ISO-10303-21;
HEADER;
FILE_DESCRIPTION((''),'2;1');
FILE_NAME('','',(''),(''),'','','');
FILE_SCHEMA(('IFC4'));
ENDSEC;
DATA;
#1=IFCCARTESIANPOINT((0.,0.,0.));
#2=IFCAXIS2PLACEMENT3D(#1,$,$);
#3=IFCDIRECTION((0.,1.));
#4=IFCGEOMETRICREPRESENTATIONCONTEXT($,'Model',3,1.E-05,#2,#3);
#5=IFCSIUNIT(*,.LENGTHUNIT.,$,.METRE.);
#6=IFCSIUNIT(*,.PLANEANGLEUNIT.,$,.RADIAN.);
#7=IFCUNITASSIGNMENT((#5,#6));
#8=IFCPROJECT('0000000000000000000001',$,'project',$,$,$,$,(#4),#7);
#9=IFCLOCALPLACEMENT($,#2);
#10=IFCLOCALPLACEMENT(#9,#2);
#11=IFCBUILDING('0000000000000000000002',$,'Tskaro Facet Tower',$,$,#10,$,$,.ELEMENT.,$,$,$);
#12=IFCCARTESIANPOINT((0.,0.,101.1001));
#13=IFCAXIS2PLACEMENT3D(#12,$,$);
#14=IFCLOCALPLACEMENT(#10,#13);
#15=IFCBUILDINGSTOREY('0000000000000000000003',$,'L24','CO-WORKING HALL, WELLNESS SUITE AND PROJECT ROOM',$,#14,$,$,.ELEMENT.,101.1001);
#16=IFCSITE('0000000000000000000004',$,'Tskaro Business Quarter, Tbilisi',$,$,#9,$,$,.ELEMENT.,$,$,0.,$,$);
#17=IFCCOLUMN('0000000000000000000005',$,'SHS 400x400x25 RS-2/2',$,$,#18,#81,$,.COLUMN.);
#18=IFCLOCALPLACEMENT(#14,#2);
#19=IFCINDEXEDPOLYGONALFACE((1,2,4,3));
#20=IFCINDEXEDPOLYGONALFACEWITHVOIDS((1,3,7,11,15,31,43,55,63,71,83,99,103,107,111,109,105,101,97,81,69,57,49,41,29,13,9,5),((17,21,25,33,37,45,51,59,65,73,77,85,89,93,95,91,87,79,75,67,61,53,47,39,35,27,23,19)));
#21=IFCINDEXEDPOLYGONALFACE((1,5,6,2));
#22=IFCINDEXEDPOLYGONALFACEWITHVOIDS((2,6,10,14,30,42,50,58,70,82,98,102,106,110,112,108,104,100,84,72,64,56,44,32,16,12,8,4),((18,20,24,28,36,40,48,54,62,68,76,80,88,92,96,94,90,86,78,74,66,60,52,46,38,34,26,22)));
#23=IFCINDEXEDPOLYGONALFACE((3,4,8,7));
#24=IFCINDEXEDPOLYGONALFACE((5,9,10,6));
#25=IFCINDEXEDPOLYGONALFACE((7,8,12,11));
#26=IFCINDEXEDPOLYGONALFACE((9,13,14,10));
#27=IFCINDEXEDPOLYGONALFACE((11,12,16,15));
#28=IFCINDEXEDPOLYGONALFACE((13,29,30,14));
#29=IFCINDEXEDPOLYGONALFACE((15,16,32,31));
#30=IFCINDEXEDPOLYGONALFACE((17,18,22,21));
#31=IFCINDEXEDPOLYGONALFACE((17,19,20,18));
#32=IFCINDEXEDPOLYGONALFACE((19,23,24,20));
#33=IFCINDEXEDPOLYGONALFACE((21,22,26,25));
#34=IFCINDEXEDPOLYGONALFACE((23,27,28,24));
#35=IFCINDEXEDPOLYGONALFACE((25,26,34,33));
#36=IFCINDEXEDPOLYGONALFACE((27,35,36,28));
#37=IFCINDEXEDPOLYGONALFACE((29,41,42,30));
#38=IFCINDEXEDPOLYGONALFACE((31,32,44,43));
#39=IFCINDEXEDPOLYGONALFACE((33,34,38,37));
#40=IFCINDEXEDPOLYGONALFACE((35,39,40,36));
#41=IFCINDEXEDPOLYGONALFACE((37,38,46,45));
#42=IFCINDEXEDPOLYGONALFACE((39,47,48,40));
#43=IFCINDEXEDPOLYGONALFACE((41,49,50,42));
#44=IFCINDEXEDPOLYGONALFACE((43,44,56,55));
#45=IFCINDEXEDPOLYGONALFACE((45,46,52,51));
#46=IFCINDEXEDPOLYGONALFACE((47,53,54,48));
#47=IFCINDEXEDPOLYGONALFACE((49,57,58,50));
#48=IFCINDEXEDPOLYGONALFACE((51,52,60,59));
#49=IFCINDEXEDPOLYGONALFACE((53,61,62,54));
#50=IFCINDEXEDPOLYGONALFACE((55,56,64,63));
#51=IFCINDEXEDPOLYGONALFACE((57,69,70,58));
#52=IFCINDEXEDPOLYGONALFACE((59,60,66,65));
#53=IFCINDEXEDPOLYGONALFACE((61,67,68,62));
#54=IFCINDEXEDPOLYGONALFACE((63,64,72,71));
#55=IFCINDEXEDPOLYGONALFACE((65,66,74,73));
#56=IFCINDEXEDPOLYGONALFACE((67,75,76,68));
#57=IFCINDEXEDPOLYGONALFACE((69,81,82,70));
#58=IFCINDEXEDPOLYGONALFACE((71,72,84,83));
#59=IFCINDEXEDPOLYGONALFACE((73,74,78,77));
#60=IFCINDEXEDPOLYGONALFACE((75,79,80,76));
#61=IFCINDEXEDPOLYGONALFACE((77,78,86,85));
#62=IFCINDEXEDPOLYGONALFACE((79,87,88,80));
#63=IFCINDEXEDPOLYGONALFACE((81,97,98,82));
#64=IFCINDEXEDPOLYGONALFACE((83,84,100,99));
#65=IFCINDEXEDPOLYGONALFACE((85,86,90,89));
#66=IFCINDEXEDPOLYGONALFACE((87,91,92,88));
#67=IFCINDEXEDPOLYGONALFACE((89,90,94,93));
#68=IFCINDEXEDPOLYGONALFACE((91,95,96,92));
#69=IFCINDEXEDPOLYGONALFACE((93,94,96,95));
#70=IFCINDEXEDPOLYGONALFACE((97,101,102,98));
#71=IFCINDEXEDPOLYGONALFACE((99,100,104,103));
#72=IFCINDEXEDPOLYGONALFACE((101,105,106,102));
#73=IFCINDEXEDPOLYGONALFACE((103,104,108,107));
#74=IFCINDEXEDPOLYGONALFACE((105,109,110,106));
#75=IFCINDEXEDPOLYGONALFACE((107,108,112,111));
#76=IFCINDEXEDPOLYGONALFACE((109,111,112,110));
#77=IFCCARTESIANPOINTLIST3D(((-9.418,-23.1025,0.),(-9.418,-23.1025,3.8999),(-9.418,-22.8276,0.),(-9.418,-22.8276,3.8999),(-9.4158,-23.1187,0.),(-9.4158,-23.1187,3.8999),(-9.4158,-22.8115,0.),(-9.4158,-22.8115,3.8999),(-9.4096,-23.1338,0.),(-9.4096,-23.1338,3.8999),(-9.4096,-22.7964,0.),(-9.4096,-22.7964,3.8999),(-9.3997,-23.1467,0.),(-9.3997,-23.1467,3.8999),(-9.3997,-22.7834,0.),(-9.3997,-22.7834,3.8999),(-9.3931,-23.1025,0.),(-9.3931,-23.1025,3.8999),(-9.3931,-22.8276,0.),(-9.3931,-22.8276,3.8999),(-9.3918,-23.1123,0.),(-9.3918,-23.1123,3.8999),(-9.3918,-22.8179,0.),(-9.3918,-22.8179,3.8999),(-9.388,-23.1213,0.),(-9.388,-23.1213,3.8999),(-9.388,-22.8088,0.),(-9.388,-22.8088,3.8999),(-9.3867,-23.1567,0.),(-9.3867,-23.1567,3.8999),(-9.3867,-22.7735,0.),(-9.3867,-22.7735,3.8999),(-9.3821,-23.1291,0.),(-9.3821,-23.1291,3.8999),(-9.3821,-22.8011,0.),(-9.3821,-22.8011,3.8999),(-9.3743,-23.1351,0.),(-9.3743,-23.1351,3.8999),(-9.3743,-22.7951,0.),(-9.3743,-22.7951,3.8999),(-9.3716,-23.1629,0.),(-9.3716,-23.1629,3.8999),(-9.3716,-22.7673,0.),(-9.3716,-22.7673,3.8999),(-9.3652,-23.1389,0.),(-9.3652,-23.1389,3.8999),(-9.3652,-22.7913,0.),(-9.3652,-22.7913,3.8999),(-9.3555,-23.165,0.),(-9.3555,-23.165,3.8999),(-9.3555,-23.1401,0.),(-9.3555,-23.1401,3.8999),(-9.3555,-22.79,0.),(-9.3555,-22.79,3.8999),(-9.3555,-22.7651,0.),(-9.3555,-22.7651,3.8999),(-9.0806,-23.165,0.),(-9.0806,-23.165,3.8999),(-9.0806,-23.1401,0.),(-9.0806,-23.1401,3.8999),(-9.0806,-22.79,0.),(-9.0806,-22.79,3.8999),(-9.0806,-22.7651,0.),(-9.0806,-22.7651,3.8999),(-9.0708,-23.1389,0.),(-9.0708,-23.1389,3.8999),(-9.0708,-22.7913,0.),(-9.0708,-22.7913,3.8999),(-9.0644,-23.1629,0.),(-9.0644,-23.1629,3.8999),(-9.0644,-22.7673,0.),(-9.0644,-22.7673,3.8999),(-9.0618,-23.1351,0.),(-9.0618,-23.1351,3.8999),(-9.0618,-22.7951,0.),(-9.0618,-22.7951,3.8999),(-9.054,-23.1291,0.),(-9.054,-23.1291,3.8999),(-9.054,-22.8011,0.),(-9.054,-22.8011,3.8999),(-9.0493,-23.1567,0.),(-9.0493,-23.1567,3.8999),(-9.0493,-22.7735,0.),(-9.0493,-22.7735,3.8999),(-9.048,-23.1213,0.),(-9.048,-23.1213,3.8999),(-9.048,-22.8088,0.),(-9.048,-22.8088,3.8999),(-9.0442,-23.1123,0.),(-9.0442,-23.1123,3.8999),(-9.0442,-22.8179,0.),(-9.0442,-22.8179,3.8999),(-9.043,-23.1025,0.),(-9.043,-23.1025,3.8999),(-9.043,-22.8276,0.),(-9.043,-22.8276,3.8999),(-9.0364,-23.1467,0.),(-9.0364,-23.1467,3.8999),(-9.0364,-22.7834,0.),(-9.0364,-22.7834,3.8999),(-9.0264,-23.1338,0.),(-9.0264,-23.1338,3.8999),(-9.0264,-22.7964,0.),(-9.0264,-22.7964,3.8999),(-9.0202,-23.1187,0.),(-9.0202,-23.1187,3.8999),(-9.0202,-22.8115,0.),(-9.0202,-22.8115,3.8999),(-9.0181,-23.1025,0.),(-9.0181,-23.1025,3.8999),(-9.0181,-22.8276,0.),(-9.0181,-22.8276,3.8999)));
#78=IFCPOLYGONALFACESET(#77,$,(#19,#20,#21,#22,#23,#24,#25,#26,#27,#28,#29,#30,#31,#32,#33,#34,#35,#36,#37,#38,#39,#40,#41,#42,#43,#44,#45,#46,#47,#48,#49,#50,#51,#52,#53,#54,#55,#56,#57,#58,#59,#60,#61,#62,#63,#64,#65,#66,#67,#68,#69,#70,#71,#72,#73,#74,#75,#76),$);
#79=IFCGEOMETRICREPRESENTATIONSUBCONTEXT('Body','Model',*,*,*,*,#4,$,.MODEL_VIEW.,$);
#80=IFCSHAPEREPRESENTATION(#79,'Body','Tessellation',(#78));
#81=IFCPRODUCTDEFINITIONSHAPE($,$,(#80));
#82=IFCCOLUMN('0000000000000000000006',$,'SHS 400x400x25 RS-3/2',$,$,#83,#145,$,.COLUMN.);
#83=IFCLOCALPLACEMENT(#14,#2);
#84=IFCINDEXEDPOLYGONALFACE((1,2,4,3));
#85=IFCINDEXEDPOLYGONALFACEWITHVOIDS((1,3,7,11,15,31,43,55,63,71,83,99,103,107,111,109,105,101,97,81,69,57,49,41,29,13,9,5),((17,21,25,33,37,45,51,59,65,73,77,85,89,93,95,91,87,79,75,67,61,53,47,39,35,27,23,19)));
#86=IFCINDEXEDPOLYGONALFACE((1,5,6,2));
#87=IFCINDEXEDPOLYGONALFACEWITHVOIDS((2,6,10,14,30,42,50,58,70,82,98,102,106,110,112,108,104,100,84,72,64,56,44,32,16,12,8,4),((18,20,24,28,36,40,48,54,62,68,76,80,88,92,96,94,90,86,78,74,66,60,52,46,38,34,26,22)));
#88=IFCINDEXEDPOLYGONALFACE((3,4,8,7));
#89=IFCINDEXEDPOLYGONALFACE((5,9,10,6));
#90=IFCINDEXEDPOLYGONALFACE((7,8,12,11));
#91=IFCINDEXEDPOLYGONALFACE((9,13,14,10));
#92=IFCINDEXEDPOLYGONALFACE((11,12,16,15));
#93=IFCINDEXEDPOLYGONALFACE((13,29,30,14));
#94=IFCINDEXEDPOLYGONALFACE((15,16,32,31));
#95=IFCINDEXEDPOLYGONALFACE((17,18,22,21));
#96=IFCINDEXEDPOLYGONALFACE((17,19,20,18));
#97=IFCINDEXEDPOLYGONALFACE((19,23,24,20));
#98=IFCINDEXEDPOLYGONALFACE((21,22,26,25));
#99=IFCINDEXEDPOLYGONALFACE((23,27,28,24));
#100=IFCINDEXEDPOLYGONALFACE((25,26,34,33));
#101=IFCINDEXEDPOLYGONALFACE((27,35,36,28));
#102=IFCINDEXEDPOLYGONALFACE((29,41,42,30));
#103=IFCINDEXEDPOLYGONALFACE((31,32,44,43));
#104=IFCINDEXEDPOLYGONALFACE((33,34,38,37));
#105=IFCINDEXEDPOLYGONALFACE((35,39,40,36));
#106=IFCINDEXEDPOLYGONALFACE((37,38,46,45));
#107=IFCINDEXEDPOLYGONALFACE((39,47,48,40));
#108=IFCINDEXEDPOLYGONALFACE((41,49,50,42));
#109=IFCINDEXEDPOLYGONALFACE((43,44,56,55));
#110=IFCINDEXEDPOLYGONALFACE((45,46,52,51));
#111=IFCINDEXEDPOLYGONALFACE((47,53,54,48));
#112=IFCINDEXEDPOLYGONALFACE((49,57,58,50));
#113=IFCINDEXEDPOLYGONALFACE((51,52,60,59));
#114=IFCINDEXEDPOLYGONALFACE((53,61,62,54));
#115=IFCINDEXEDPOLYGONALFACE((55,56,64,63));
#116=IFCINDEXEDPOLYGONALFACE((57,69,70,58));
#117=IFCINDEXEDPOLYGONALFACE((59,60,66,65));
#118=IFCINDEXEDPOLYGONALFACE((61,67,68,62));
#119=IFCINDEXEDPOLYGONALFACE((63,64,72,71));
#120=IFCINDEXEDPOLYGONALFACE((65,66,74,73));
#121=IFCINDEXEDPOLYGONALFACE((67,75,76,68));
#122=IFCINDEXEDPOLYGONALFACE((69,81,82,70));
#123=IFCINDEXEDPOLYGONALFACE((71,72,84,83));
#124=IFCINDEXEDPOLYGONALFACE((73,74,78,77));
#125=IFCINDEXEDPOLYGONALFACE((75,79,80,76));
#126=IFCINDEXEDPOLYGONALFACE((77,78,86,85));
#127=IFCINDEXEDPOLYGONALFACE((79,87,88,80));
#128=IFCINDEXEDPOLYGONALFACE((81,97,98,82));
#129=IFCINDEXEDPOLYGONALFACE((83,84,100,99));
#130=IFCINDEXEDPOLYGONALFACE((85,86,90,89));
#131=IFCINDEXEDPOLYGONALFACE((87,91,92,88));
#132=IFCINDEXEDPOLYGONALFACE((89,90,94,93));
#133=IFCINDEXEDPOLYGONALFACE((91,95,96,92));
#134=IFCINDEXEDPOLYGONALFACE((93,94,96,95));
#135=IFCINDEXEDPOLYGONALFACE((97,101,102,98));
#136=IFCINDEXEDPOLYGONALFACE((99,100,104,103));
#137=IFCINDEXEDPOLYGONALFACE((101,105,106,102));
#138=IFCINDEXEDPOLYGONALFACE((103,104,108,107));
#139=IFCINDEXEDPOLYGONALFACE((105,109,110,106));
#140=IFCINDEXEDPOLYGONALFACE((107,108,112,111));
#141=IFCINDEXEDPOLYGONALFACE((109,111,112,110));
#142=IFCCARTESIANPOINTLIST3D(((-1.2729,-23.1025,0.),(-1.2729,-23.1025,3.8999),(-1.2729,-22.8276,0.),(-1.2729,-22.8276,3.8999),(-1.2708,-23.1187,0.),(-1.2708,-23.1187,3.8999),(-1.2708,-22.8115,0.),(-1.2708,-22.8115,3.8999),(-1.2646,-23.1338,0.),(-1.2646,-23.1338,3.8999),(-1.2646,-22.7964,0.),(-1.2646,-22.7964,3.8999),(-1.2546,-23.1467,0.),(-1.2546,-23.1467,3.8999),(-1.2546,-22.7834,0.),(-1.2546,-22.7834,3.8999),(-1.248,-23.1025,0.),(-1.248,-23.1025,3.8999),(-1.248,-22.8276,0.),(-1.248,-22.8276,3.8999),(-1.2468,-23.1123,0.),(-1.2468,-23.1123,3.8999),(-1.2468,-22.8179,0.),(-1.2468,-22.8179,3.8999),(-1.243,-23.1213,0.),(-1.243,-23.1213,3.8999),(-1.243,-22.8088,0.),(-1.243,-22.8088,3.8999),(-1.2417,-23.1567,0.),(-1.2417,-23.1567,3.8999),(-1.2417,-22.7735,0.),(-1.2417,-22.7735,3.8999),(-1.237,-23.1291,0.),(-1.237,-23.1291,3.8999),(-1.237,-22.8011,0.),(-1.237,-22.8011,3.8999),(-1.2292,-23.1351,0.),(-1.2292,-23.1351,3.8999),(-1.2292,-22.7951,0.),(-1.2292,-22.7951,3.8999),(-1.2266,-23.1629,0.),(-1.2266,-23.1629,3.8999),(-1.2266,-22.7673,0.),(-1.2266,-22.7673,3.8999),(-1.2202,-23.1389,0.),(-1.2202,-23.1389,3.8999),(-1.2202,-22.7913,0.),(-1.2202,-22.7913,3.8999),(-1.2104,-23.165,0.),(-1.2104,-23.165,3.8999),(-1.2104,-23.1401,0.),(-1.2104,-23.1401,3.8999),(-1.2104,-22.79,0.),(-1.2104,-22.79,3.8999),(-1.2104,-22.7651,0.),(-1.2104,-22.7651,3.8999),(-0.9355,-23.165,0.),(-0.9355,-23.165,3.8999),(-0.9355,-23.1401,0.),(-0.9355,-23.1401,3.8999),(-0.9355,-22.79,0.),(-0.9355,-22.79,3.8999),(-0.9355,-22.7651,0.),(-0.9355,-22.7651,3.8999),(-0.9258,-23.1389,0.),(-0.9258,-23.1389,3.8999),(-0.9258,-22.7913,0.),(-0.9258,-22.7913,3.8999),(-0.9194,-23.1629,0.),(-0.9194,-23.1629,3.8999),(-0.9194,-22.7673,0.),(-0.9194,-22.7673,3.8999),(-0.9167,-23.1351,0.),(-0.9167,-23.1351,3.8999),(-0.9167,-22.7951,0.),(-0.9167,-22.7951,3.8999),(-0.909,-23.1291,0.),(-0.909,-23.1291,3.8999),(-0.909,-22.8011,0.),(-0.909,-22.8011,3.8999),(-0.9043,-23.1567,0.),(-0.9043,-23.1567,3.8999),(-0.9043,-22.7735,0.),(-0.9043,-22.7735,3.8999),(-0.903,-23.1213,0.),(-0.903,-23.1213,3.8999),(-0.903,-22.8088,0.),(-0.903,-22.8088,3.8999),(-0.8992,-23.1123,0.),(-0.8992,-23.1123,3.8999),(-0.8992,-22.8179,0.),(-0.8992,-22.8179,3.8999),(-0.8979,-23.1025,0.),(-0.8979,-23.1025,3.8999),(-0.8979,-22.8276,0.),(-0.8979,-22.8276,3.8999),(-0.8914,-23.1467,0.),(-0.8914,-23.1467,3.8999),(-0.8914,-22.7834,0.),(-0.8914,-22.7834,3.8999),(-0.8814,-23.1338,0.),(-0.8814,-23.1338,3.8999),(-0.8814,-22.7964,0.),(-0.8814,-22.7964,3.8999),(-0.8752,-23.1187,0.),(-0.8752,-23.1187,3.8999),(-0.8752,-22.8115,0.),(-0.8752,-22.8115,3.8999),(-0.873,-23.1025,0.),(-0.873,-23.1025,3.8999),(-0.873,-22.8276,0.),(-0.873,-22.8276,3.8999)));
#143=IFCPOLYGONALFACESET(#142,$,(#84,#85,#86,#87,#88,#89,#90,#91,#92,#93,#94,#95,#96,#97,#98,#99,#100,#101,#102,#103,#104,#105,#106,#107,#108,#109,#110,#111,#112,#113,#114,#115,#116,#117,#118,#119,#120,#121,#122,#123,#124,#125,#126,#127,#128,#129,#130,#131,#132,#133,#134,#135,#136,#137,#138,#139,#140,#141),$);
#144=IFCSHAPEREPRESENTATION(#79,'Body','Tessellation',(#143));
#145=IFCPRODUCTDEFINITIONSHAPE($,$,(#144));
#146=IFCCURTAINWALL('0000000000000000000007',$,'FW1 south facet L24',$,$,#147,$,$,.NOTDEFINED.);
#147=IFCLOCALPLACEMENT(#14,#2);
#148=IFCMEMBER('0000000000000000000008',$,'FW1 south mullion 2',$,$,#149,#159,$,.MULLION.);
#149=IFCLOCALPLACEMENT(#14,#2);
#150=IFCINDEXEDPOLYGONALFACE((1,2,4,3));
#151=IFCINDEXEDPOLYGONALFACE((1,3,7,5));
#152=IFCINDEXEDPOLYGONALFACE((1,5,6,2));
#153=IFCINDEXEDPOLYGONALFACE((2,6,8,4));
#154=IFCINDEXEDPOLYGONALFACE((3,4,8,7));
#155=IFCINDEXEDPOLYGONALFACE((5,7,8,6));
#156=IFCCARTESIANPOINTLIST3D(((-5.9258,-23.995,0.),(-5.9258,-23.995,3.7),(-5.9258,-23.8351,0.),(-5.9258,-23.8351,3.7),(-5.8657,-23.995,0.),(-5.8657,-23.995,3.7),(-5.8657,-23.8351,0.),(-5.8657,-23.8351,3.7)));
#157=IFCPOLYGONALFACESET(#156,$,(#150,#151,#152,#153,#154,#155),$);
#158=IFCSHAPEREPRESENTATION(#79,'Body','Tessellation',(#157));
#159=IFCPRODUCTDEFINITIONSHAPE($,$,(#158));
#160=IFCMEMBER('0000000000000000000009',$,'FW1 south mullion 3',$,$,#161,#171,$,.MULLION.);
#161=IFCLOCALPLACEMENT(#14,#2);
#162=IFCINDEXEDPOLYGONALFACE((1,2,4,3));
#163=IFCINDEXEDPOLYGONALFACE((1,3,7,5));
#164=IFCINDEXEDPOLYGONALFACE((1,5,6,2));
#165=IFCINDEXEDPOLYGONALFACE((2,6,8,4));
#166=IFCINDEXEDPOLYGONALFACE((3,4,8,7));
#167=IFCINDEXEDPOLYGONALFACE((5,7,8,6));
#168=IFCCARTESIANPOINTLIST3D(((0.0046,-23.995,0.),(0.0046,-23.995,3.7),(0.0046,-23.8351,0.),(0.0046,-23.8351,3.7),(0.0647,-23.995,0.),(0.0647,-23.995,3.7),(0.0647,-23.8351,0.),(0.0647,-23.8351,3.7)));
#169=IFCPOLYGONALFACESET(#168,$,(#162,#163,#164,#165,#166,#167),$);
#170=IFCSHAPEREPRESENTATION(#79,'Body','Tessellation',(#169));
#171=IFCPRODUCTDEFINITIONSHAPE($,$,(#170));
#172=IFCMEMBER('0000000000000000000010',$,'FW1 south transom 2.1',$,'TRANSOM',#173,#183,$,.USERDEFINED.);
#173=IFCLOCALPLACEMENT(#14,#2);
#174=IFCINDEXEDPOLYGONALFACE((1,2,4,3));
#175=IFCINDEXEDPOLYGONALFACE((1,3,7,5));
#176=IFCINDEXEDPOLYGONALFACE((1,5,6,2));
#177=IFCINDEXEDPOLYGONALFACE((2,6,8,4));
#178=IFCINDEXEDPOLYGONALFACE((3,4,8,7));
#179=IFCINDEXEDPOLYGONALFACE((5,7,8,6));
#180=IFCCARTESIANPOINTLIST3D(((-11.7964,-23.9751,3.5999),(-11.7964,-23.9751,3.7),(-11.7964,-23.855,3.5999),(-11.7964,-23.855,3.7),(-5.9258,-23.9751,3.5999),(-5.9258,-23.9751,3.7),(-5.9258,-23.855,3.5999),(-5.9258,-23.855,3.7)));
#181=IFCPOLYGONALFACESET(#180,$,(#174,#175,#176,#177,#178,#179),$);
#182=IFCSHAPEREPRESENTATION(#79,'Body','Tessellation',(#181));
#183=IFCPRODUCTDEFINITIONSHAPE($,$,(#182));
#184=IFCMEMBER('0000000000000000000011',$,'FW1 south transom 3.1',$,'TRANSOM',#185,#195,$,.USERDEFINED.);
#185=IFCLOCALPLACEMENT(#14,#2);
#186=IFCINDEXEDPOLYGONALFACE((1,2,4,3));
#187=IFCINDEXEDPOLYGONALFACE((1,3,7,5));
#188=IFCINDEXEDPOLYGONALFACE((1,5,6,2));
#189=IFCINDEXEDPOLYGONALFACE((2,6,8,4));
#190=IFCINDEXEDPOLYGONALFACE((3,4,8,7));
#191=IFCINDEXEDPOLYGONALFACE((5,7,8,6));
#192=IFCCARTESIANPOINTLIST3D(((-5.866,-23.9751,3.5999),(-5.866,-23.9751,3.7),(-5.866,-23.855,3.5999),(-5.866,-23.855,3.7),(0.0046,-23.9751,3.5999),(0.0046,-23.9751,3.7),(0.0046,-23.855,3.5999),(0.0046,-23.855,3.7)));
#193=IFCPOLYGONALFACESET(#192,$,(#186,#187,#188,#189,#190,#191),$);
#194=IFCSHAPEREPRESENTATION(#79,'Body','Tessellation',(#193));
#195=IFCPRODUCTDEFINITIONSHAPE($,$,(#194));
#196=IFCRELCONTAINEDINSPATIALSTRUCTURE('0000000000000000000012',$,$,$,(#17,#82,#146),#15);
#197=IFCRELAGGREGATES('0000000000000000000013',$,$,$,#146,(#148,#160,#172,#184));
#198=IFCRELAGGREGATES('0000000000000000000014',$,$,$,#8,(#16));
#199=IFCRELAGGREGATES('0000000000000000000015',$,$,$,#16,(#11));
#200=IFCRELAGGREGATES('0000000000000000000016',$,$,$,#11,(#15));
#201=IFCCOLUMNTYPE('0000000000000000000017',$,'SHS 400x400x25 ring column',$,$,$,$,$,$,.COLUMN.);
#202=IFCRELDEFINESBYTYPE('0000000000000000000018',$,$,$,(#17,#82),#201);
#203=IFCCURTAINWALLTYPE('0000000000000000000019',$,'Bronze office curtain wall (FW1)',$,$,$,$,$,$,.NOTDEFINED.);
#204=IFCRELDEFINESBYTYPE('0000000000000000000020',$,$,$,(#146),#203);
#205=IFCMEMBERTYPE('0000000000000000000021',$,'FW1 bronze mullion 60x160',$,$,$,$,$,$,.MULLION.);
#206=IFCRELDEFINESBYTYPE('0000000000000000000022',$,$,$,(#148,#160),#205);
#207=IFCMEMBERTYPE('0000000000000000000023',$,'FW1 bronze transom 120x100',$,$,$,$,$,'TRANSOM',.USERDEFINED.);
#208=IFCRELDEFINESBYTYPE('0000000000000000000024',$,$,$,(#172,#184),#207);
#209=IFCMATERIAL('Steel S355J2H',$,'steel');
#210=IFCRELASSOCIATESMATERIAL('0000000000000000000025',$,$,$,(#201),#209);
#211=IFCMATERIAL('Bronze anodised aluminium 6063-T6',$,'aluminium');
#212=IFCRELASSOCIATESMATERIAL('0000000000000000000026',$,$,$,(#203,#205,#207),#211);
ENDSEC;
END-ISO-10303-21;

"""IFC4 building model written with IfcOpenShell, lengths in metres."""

from ifc_helpers import new_model, si_unit, direction, frame, origin, origin_2d, place, context, subcontext, project, spatial, rectangle, hollow_rectangle, extrude, material, material_profile, profile_set, type_object, element, aggregate, save


model = new_model("IFC4")

# Units and contexts
model_context = context("Model", 3, precision=1e-05, world=origin(), true_north=direction((0.0, 1.0)))
body_context = subcontext(model_context, "Body", "Model", "MODEL_VIEW")
ifc_project = project(units=[si_unit("LENGTHUNIT", "METRE"), si_unit("PLANEANGLEUNIT", "RADIAN")], contexts=[model_context])

# Site, building, storey
site_placement = place(None, origin())
site = spatial("IfcSite", under=ifc_project, at=site_placement, Name="Tskaro Business Quarter, Tbilisi", CompositionType="ELEMENT", RefElevation=0.0)
building_placement = place(site_placement, origin())
building = spatial("IfcBuilding", under=site, at=building_placement, Name="Tskaro Facet Tower", CompositionType="ELEMENT")
storey_placement = place(building_placement, frame((0.0, 0.0, 101.1001)))
storey = spatial("IfcBuildingStorey", under=building, at=storey_placement, Name="L24", Description="CO-WORKING HALL, WELLNESS SUITE AND PROJECT ROOM", CompositionType="ELEMENT", Elevation=101.1001)

# Columns
ifc_material_1 = material(Name="Steel S355J2H", Category="steel")
ifc_material_profile_1 = material_profile(ifc_material_1, hollow_rectangle(XDim=0.3999, YDim=0.3999, WallThickness=0.0249, InnerFilletRadius=0.0376, OuterFilletRadius=0.0625, at=origin_2d()), Name="SHS 400x400x25")
ifc_profile_set_1 = profile_set([ifc_material_profile_1], Name="Steel S355J2H")
column_type_1 = type_object("IfcColumnType", Name="SHS 400x400x25 ring column", PredefinedType="COLUMN", material=ifc_profile_set_1)
for number, where, z_axis, x_axis, name in (
    (1, (-9.218, -22.9651, 0.0), (0.0, 0.0, 1.0), (1.0, 0.0, 0.0), "SHS 400x400x25 RS-2/2"),
    (2, (-1.073, -22.9651, 0.0), (0.0, 0.0, 1.0), (1.0, 0.0, 0.0), "SHS 400x400x25 RS-3/2"),
):
    element("IfcColumn", number, at=place(storey_placement, frame(where, z_axis=z_axis, x_axis=x_axis)), inside=storey, type_object=column_type_1, Name=name, PredefinedType="COLUMN", context=body_context, shape_type="SweptSolid", body=[
        extrude(hollow_rectangle(XDim=0.3999, YDim=0.3999, WallThickness=0.0249, InnerFilletRadius=0.0376, OuterFilletRadius=0.0625, at=origin_2d()), origin(), (0.0, 0.0, 1.0), 3.8999),
    ])

# Curtain wall, members
ifc_material_2 = material(Name="Bronze anodised aluminium 6063-T6", Category="aluminium")
curtain_wall_type = type_object("IfcCurtainWallType", Name="Bronze office curtain wall (FW1)", PredefinedType="NOTDEFINED", material=ifc_material_2)
curtain_wall_placement = place(storey_placement, origin())
curtain_wall = element("IfcCurtainWall", 3, at=curtain_wall_placement, inside=storey, type_object=curtain_wall_type, Name="FW1 south facet L24", PredefinedType="NOTDEFINED")
ifc_material_profile_2 = material_profile(ifc_material_2, rectangle(XDim=0.0601, YDim=0.1599, at=origin_2d()), Name="Mullion 60x160")
ifc_profile_set_2 = profile_set([ifc_material_profile_2], Name="Bronze anodised aluminium 6063-T6")
member_type_1 = type_object("IfcMemberType", Name="FW1 bronze mullion 60x160", PredefinedType="MULLION", material=ifc_profile_set_2)
member_1_placement = place(storey_placement, frame((-5.8958, -23.915, 0.0), z_axis=(0.0, 0.0, 1.0), x_axis=(1.0, 0.0, 0.0)))
member_1 = element("IfcMember", 4, at=member_1_placement, type_object=member_type_1, Name="FW1 south mullion 2", PredefinedType="MULLION", context=body_context, shape_type="SweptSolid", body=[
    extrude(rectangle(XDim=0.0601, YDim=0.1599, at=origin_2d()), origin(), (0.0, 0.0, 1.0), 3.7),
])
member_2_placement = place(storey_placement, frame((0.0347, -23.915, 0.0), z_axis=(0.0, 0.0, 1.0), x_axis=(1.0, 0.0, 0.0)))
member_2 = element("IfcMember", 5, at=member_2_placement, type_object=member_type_1, Name="FW1 south mullion 3", PredefinedType="MULLION", context=body_context, shape_type="SweptSolid", body=[
    extrude(rectangle(XDim=0.0601, YDim=0.1599, at=origin_2d()), origin(), (0.0, 0.0, 1.0), 3.7),
])
ifc_material_profile_3 = material_profile(ifc_material_2, rectangle(XDim=0.1201, YDim=0.1001, at=origin_2d()), Name="Transom 120x100")
ifc_profile_set_3 = profile_set([ifc_material_profile_3], Name="Bronze anodised aluminium 6063-T6")
member_type_2 = type_object("IfcMemberType", Name="FW1 bronze transom 120x100", ElementType="TRANSOM", PredefinedType="USERDEFINED", material=ifc_profile_set_3)
member_3_placement = place(storey_placement, frame((-11.7964, -23.915, 3.6499), z_axis=(1.0, 0.0, 0.0), x_axis=(0.0, 1.0, 0.0)))
member_3 = element("IfcMember", 6, at=member_3_placement, type_object=member_type_2, Name="FW1 south transom 2.1", ObjectType="TRANSOM", PredefinedType="USERDEFINED", context=body_context, shape_type="SweptSolid", body=[
    extrude(rectangle(XDim=0.1201, YDim=0.1001, at=origin_2d()), origin(), (0.0, 0.0, 1.0), 5.8706),
])
member_4_placement = place(storey_placement, frame((-5.866, -23.915, 3.6499), z_axis=(1.0, 0.0, 0.0), x_axis=(0.0, 1.0, 0.0)))
member_4 = element("IfcMember", 7, at=member_4_placement, type_object=member_type_2, Name="FW1 south transom 3.1", ObjectType="TRANSOM", PredefinedType="USERDEFINED", context=body_context, shape_type="SweptSolid", body=[
    extrude(rectangle(XDim=0.1201, YDim=0.1001, at=origin_2d()), origin(), (0.0, 0.0, 1.0), 5.8706),
])

aggregate(curtain_wall, [member_1, member_2, member_3, member_4])

save(model, "model.ifc")
